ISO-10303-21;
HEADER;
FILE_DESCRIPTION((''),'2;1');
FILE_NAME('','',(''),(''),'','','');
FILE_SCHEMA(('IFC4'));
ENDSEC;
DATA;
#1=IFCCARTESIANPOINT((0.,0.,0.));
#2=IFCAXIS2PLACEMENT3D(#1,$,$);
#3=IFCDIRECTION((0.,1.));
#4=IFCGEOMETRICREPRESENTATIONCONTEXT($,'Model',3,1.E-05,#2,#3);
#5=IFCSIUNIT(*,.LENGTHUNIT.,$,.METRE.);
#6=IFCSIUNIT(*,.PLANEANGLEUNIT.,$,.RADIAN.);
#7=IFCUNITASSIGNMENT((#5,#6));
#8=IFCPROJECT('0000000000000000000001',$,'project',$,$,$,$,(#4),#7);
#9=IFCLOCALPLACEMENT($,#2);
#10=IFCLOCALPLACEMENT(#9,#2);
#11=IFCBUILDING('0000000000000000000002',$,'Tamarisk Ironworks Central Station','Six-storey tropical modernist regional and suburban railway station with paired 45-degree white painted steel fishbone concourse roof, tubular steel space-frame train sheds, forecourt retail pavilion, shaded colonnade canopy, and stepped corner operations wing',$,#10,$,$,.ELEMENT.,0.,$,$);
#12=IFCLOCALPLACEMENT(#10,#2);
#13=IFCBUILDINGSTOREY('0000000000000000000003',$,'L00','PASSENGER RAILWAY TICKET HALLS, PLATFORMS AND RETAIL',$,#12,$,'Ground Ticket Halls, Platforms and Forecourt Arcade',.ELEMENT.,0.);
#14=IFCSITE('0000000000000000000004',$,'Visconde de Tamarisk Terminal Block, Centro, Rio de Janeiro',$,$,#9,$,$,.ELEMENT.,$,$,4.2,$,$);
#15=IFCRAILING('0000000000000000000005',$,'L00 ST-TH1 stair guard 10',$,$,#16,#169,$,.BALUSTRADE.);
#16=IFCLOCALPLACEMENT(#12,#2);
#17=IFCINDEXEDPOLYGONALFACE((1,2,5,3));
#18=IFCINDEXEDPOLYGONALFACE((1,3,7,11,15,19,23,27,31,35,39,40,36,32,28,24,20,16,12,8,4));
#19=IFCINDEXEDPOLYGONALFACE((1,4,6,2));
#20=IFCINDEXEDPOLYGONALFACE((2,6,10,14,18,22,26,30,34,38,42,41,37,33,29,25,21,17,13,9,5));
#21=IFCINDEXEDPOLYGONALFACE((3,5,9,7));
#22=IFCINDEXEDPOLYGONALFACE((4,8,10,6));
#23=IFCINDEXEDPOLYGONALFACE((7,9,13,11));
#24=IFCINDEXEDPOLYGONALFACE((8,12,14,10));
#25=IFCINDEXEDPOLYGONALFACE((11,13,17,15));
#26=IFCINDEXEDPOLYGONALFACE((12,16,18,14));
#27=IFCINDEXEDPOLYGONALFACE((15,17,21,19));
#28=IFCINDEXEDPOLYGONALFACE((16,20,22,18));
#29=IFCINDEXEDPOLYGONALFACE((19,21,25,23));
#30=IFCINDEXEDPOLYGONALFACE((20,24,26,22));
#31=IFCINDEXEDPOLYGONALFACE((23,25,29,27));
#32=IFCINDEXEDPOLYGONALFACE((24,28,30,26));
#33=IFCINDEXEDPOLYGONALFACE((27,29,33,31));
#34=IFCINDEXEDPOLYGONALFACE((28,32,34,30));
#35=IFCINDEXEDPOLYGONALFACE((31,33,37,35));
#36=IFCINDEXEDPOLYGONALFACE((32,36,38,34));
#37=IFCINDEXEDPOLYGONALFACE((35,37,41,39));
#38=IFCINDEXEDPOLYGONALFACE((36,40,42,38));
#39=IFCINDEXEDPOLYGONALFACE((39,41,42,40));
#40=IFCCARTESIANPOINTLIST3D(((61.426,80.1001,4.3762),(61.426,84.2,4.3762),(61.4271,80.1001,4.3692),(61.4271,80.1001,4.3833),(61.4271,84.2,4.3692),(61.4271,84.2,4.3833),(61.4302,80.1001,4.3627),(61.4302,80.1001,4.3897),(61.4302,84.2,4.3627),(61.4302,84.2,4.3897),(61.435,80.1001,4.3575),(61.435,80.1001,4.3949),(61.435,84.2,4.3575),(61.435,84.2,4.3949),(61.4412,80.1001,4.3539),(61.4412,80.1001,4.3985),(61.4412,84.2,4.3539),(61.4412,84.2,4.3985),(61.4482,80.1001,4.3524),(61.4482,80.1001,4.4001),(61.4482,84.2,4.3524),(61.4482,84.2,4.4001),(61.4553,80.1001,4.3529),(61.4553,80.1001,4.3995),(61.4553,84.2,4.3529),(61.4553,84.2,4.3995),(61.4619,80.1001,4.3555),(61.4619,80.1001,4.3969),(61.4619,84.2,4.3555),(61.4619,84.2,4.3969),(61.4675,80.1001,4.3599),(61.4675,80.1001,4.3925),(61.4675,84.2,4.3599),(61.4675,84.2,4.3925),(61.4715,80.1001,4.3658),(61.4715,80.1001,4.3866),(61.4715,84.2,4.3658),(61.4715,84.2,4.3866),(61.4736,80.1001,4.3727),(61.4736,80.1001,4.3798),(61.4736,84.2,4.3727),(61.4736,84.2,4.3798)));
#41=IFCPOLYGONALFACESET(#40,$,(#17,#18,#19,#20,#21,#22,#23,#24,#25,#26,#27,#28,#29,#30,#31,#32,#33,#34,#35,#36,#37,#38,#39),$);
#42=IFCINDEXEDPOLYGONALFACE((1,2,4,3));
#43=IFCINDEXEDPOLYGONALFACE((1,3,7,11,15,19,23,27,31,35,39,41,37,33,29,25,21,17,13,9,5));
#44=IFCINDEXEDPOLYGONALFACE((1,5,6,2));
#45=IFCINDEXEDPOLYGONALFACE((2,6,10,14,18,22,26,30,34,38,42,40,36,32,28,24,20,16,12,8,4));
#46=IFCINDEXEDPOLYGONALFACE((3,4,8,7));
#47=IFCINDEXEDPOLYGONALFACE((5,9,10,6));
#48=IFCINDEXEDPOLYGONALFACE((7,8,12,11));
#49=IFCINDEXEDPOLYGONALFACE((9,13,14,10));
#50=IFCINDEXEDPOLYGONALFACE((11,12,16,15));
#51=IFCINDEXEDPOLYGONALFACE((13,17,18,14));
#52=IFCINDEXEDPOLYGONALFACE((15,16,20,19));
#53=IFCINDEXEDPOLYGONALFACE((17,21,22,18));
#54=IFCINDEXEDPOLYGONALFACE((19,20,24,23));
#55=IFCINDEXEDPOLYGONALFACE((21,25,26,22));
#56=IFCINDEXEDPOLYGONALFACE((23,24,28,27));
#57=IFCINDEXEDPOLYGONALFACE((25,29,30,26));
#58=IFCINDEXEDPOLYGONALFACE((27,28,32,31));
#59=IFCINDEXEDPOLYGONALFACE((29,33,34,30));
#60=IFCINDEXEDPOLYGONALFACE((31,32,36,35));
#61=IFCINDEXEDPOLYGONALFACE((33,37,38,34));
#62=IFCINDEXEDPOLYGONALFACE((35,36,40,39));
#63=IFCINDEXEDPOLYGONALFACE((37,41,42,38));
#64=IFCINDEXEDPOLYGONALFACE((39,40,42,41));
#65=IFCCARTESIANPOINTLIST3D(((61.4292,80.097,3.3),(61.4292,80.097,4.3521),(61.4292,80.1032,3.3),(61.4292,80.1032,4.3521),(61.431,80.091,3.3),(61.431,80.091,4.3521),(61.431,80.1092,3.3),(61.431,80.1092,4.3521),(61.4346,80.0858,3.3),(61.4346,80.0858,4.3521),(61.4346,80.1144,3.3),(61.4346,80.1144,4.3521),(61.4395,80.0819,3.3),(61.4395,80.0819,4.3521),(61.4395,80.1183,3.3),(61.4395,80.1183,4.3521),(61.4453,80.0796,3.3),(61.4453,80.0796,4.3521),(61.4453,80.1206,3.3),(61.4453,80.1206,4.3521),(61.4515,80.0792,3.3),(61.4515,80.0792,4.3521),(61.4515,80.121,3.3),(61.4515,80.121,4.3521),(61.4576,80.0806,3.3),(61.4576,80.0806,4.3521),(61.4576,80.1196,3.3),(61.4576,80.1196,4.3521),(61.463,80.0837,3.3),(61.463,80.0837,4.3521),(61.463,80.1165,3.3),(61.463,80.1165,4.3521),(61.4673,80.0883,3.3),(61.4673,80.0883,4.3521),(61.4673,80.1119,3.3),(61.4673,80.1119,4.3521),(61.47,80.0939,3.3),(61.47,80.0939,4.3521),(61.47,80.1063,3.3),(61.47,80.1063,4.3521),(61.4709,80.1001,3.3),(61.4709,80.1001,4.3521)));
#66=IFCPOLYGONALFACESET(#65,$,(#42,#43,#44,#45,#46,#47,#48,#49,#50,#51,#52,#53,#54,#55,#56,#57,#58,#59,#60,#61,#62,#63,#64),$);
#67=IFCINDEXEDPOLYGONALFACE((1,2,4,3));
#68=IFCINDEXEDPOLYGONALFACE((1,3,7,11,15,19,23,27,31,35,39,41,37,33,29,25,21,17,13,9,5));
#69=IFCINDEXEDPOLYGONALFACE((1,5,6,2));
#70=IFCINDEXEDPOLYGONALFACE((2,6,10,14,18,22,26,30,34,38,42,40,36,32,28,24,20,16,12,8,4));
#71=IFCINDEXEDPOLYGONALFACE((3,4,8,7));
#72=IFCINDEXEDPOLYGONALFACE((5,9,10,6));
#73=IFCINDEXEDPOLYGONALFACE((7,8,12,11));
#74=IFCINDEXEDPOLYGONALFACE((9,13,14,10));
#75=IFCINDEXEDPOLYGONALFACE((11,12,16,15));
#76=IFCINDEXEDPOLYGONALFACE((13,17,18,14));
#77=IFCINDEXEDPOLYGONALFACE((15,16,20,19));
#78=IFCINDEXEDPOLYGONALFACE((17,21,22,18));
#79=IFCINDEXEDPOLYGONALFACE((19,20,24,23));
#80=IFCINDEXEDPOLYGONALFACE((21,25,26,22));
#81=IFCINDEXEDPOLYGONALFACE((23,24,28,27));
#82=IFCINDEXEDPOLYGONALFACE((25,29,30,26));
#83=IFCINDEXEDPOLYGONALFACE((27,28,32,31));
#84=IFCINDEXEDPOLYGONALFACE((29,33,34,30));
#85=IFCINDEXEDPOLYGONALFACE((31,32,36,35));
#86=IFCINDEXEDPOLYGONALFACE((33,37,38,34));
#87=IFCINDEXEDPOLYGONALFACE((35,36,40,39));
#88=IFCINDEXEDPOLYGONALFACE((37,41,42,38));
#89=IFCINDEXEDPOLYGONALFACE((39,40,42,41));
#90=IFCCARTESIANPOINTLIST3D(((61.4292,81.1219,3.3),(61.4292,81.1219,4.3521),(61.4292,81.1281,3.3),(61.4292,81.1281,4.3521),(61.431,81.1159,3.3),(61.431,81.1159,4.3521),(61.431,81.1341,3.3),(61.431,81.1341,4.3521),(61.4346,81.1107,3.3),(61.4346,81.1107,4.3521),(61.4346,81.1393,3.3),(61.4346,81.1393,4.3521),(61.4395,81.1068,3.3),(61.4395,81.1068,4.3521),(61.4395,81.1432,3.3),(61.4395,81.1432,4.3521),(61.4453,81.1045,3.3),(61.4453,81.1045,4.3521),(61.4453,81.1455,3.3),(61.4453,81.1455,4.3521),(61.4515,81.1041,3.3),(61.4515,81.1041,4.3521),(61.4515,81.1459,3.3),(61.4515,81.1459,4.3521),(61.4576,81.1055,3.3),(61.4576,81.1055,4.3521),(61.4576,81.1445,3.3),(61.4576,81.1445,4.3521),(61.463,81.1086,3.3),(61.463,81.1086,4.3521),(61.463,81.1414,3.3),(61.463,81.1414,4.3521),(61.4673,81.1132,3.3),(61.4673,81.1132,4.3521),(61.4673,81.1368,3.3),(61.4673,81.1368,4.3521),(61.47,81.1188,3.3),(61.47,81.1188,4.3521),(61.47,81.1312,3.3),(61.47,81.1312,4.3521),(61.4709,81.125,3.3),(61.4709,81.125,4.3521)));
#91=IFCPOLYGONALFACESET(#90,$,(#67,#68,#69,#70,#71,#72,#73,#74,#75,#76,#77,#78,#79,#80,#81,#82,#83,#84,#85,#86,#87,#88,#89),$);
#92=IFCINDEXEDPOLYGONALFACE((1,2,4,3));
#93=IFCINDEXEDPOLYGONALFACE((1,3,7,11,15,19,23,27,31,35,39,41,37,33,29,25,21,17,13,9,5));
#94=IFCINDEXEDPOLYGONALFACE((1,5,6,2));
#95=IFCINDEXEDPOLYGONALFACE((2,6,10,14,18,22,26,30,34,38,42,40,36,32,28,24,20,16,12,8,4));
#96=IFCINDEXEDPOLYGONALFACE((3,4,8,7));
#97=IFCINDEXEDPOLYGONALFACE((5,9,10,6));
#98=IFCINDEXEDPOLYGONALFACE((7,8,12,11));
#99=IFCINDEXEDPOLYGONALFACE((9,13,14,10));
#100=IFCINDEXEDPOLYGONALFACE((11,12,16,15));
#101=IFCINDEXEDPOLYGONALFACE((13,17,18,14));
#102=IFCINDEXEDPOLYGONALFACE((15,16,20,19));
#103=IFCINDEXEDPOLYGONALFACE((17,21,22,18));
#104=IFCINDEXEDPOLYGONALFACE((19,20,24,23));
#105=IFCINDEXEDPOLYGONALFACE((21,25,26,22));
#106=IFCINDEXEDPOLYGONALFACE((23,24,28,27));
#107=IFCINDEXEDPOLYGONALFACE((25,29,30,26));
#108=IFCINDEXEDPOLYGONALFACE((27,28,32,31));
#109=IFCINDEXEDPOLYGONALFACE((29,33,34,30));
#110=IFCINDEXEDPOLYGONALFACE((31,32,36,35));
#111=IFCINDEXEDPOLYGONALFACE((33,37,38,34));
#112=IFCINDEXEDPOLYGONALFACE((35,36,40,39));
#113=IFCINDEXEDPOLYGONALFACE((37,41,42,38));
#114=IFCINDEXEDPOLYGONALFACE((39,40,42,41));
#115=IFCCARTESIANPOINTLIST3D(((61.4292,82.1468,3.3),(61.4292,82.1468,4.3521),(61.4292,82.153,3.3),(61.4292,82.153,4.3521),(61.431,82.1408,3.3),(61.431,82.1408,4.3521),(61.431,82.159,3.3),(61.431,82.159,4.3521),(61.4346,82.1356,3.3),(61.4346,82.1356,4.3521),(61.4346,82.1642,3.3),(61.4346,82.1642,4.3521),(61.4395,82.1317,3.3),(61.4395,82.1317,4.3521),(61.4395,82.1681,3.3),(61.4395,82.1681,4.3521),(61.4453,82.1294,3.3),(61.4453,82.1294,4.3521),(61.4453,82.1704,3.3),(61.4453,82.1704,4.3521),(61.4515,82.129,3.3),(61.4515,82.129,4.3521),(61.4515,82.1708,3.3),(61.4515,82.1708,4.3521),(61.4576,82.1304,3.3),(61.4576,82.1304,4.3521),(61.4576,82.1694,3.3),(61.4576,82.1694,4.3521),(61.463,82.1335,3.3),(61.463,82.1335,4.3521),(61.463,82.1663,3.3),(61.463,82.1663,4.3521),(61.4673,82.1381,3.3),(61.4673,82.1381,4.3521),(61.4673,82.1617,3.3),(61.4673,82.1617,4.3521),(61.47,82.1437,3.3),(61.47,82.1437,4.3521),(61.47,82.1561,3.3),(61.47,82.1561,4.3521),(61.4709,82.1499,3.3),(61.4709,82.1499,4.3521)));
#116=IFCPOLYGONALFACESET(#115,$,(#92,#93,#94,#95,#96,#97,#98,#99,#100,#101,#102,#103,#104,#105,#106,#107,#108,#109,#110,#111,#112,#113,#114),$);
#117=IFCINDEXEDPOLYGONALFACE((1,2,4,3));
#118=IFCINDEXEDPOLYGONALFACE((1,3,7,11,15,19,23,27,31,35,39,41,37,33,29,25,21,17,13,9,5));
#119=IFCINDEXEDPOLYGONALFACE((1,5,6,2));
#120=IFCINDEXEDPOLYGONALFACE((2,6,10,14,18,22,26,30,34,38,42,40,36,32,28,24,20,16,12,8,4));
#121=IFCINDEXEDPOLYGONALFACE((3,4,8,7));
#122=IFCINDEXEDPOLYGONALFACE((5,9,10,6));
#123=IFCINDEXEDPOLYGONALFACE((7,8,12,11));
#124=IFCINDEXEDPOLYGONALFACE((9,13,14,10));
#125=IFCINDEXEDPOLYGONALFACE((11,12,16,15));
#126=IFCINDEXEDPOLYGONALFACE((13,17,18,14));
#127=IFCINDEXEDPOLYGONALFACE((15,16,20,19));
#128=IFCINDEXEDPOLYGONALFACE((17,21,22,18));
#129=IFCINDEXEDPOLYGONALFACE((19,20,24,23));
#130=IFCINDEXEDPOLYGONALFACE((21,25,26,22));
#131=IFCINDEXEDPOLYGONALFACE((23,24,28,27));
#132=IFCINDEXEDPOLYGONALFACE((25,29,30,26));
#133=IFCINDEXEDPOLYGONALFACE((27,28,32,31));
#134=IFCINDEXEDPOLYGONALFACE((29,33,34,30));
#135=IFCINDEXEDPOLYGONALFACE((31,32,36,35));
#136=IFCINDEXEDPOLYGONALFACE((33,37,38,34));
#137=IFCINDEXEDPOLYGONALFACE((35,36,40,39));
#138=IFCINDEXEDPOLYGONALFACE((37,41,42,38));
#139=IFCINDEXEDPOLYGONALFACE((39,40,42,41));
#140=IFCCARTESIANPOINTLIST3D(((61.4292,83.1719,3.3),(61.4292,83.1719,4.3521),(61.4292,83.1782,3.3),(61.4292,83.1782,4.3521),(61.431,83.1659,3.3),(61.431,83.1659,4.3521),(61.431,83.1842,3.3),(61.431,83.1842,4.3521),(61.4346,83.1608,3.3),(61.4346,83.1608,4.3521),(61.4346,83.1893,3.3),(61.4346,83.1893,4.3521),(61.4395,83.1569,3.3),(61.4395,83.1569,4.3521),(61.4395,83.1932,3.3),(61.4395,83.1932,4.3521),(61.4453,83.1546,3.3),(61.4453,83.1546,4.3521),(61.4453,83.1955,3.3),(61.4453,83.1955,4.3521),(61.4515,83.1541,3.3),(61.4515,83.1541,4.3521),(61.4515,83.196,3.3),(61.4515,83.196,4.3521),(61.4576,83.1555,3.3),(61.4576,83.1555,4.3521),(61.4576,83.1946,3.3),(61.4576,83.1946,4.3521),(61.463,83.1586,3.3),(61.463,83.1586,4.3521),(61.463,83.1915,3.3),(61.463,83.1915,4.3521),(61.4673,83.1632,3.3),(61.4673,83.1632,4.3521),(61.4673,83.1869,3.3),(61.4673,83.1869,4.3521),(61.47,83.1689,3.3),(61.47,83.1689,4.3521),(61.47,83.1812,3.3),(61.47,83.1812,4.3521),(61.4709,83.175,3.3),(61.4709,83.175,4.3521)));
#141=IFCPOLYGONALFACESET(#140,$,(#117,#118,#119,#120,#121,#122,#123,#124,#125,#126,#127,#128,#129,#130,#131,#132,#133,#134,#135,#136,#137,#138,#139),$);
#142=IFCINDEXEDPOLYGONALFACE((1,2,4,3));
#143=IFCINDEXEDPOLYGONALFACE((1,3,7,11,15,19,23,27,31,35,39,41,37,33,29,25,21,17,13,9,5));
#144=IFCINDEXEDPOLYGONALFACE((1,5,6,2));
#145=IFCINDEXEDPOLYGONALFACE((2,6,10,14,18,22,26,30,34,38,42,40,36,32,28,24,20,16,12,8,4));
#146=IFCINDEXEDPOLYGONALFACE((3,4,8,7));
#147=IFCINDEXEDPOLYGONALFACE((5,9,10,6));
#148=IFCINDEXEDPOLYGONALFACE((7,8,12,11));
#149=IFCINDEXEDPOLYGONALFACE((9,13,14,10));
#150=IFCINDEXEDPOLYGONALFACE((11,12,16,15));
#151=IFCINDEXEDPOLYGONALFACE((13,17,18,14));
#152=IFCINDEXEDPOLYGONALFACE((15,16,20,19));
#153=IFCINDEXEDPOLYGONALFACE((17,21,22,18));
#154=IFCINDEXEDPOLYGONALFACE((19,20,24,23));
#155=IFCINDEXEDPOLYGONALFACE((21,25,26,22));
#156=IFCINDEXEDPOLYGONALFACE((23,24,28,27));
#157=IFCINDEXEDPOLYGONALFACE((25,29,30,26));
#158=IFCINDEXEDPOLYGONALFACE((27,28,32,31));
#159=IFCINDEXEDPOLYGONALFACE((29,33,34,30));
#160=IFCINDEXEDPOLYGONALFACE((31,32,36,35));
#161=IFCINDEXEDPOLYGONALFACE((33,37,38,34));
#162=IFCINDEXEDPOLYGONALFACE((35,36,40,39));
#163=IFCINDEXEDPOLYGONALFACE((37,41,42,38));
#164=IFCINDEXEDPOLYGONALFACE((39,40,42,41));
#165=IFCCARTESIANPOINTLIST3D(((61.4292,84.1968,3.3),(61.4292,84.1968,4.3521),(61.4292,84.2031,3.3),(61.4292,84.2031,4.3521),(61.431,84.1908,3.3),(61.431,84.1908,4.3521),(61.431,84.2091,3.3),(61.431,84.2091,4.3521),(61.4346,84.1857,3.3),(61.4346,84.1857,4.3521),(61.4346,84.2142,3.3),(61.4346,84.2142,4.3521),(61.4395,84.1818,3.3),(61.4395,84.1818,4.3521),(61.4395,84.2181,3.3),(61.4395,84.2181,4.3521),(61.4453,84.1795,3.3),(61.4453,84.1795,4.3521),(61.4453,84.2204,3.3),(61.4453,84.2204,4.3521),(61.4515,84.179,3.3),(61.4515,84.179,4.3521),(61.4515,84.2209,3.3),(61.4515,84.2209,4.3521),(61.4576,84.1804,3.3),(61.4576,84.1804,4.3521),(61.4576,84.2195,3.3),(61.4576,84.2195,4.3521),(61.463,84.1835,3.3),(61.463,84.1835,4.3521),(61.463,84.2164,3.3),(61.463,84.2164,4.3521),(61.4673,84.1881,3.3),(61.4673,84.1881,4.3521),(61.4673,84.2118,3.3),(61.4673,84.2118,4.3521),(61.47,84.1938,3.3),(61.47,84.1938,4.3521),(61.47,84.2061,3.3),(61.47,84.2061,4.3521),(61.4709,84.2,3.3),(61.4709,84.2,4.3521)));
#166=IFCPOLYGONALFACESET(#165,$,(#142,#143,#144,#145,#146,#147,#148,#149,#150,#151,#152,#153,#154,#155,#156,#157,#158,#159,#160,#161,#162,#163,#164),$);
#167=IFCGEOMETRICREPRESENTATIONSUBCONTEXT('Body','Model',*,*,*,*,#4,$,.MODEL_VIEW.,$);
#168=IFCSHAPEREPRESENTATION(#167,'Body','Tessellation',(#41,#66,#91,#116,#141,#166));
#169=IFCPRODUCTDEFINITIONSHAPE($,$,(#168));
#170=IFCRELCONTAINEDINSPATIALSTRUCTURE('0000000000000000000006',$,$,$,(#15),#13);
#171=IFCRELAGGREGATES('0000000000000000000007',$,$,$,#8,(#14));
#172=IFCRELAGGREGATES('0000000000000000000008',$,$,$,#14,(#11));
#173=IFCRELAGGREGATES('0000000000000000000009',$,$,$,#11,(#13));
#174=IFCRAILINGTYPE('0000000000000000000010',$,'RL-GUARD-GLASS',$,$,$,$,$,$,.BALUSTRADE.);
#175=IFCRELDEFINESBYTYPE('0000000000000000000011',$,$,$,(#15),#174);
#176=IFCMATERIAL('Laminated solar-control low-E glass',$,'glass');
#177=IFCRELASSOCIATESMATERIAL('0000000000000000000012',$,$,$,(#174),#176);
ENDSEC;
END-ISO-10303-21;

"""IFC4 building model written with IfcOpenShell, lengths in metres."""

from ifc_helpers import new_model, si_unit, direction, frame, origin, origin_2d, place, context, subcontext, project, spatial, circle, extrude, material, type_object, element, save


model = new_model("IFC4")

# Units and contexts
model_context = context("Model", 3, precision=1e-05, world=origin(), true_north=direction((0.0, 1.0)))
body_context = subcontext(model_context, "Body", "Model", "MODEL_VIEW")
ifc_project = project(units=[si_unit("LENGTHUNIT", "METRE"), si_unit("PLANEANGLEUNIT", "RADIAN")], contexts=[model_context])

# Site, building, storey
site_placement = place(None, origin())
site = spatial("IfcSite", under=ifc_project, at=site_placement, Name="Visconde de Tamarisk Terminal Block, Centro, Rio de Janeiro", CompositionType="ELEMENT", RefElevation=4.2)
building_placement = place(site_placement, origin())
building = spatial("IfcBuilding", under=site, at=building_placement, Name="Tamarisk Ironworks Central Station", Description="Six-storey tropical modernist regional and suburban railway station with paired 45-degree white painted steel fishbone concourse roof, tubular steel space-frame train sheds, forecourt retail pavilion, shaded colonnade canopy, and stepped corner operations wing", CompositionType="ELEMENT", ElevationOfRefHeight=0.0)
storey_placement = place(building_placement, origin())
storey = spatial("IfcBuildingStorey", under=building, at=storey_placement, Name="L00", Description="PASSENGER RAILWAY TICKET HALLS, PLATFORMS AND RETAIL", LongName="Ground Ticket Halls, Platforms and Forecourt Arcade", CompositionType="ELEMENT", Elevation=0.0)

# Railing
ifc_material_1 = material(Name="Laminated solar-control low-E glass", Category="glass")
railing_type = type_object("IfcRailingType", Name="RL-GUARD-GLASS", PredefinedType="BALUSTRADE", material=ifc_material_1)
railing_1_placement = place(storey_placement, frame((61.45, 80.1001, 3.3)))
element("IfcRailing", 1, at=railing_1_placement, inside=storey, type_object=railing_type, Name="L00 ST-TH1 stair guard 10", PredefinedType="BALUSTRADE", context=body_context, shape_type="SweptSolid", body=[
    extrude(circle(Radius=0.0239, at=origin_2d()), frame((0.0, 0.0, 1.0762), z_axis=(0.0, 1.0, 0.0), x_axis=(-1.0, 0.0, 0.0)), (0.0, 0.0, 1.0), 4.0999),
    extrude(circle(Radius=0.021, at=origin_2d()), origin(), (0.0, 0.0, 1.0), 1.052),
    extrude(circle(Radius=0.021, at=origin_2d()), frame((0.0, 1.0249, 0.0)), (0.0, 0.0, 1.0), 1.052),
    extrude(circle(Radius=0.021, at=origin_2d()), frame((0.0, 2.0498, 0.0)), (0.0, 0.0, 1.0), 1.052),
    extrude(circle(Radius=0.021, at=origin_2d()), frame((0.0, 3.075, 0.0)), (0.0, 0.0, 1.0), 1.052),
    extrude(circle(Radius=0.021, at=origin_2d()), frame((0.0, 4.0999, 0.0)), (0.0, 0.0, 1.0), 1.052),
])

save(model, "model.ifc")
